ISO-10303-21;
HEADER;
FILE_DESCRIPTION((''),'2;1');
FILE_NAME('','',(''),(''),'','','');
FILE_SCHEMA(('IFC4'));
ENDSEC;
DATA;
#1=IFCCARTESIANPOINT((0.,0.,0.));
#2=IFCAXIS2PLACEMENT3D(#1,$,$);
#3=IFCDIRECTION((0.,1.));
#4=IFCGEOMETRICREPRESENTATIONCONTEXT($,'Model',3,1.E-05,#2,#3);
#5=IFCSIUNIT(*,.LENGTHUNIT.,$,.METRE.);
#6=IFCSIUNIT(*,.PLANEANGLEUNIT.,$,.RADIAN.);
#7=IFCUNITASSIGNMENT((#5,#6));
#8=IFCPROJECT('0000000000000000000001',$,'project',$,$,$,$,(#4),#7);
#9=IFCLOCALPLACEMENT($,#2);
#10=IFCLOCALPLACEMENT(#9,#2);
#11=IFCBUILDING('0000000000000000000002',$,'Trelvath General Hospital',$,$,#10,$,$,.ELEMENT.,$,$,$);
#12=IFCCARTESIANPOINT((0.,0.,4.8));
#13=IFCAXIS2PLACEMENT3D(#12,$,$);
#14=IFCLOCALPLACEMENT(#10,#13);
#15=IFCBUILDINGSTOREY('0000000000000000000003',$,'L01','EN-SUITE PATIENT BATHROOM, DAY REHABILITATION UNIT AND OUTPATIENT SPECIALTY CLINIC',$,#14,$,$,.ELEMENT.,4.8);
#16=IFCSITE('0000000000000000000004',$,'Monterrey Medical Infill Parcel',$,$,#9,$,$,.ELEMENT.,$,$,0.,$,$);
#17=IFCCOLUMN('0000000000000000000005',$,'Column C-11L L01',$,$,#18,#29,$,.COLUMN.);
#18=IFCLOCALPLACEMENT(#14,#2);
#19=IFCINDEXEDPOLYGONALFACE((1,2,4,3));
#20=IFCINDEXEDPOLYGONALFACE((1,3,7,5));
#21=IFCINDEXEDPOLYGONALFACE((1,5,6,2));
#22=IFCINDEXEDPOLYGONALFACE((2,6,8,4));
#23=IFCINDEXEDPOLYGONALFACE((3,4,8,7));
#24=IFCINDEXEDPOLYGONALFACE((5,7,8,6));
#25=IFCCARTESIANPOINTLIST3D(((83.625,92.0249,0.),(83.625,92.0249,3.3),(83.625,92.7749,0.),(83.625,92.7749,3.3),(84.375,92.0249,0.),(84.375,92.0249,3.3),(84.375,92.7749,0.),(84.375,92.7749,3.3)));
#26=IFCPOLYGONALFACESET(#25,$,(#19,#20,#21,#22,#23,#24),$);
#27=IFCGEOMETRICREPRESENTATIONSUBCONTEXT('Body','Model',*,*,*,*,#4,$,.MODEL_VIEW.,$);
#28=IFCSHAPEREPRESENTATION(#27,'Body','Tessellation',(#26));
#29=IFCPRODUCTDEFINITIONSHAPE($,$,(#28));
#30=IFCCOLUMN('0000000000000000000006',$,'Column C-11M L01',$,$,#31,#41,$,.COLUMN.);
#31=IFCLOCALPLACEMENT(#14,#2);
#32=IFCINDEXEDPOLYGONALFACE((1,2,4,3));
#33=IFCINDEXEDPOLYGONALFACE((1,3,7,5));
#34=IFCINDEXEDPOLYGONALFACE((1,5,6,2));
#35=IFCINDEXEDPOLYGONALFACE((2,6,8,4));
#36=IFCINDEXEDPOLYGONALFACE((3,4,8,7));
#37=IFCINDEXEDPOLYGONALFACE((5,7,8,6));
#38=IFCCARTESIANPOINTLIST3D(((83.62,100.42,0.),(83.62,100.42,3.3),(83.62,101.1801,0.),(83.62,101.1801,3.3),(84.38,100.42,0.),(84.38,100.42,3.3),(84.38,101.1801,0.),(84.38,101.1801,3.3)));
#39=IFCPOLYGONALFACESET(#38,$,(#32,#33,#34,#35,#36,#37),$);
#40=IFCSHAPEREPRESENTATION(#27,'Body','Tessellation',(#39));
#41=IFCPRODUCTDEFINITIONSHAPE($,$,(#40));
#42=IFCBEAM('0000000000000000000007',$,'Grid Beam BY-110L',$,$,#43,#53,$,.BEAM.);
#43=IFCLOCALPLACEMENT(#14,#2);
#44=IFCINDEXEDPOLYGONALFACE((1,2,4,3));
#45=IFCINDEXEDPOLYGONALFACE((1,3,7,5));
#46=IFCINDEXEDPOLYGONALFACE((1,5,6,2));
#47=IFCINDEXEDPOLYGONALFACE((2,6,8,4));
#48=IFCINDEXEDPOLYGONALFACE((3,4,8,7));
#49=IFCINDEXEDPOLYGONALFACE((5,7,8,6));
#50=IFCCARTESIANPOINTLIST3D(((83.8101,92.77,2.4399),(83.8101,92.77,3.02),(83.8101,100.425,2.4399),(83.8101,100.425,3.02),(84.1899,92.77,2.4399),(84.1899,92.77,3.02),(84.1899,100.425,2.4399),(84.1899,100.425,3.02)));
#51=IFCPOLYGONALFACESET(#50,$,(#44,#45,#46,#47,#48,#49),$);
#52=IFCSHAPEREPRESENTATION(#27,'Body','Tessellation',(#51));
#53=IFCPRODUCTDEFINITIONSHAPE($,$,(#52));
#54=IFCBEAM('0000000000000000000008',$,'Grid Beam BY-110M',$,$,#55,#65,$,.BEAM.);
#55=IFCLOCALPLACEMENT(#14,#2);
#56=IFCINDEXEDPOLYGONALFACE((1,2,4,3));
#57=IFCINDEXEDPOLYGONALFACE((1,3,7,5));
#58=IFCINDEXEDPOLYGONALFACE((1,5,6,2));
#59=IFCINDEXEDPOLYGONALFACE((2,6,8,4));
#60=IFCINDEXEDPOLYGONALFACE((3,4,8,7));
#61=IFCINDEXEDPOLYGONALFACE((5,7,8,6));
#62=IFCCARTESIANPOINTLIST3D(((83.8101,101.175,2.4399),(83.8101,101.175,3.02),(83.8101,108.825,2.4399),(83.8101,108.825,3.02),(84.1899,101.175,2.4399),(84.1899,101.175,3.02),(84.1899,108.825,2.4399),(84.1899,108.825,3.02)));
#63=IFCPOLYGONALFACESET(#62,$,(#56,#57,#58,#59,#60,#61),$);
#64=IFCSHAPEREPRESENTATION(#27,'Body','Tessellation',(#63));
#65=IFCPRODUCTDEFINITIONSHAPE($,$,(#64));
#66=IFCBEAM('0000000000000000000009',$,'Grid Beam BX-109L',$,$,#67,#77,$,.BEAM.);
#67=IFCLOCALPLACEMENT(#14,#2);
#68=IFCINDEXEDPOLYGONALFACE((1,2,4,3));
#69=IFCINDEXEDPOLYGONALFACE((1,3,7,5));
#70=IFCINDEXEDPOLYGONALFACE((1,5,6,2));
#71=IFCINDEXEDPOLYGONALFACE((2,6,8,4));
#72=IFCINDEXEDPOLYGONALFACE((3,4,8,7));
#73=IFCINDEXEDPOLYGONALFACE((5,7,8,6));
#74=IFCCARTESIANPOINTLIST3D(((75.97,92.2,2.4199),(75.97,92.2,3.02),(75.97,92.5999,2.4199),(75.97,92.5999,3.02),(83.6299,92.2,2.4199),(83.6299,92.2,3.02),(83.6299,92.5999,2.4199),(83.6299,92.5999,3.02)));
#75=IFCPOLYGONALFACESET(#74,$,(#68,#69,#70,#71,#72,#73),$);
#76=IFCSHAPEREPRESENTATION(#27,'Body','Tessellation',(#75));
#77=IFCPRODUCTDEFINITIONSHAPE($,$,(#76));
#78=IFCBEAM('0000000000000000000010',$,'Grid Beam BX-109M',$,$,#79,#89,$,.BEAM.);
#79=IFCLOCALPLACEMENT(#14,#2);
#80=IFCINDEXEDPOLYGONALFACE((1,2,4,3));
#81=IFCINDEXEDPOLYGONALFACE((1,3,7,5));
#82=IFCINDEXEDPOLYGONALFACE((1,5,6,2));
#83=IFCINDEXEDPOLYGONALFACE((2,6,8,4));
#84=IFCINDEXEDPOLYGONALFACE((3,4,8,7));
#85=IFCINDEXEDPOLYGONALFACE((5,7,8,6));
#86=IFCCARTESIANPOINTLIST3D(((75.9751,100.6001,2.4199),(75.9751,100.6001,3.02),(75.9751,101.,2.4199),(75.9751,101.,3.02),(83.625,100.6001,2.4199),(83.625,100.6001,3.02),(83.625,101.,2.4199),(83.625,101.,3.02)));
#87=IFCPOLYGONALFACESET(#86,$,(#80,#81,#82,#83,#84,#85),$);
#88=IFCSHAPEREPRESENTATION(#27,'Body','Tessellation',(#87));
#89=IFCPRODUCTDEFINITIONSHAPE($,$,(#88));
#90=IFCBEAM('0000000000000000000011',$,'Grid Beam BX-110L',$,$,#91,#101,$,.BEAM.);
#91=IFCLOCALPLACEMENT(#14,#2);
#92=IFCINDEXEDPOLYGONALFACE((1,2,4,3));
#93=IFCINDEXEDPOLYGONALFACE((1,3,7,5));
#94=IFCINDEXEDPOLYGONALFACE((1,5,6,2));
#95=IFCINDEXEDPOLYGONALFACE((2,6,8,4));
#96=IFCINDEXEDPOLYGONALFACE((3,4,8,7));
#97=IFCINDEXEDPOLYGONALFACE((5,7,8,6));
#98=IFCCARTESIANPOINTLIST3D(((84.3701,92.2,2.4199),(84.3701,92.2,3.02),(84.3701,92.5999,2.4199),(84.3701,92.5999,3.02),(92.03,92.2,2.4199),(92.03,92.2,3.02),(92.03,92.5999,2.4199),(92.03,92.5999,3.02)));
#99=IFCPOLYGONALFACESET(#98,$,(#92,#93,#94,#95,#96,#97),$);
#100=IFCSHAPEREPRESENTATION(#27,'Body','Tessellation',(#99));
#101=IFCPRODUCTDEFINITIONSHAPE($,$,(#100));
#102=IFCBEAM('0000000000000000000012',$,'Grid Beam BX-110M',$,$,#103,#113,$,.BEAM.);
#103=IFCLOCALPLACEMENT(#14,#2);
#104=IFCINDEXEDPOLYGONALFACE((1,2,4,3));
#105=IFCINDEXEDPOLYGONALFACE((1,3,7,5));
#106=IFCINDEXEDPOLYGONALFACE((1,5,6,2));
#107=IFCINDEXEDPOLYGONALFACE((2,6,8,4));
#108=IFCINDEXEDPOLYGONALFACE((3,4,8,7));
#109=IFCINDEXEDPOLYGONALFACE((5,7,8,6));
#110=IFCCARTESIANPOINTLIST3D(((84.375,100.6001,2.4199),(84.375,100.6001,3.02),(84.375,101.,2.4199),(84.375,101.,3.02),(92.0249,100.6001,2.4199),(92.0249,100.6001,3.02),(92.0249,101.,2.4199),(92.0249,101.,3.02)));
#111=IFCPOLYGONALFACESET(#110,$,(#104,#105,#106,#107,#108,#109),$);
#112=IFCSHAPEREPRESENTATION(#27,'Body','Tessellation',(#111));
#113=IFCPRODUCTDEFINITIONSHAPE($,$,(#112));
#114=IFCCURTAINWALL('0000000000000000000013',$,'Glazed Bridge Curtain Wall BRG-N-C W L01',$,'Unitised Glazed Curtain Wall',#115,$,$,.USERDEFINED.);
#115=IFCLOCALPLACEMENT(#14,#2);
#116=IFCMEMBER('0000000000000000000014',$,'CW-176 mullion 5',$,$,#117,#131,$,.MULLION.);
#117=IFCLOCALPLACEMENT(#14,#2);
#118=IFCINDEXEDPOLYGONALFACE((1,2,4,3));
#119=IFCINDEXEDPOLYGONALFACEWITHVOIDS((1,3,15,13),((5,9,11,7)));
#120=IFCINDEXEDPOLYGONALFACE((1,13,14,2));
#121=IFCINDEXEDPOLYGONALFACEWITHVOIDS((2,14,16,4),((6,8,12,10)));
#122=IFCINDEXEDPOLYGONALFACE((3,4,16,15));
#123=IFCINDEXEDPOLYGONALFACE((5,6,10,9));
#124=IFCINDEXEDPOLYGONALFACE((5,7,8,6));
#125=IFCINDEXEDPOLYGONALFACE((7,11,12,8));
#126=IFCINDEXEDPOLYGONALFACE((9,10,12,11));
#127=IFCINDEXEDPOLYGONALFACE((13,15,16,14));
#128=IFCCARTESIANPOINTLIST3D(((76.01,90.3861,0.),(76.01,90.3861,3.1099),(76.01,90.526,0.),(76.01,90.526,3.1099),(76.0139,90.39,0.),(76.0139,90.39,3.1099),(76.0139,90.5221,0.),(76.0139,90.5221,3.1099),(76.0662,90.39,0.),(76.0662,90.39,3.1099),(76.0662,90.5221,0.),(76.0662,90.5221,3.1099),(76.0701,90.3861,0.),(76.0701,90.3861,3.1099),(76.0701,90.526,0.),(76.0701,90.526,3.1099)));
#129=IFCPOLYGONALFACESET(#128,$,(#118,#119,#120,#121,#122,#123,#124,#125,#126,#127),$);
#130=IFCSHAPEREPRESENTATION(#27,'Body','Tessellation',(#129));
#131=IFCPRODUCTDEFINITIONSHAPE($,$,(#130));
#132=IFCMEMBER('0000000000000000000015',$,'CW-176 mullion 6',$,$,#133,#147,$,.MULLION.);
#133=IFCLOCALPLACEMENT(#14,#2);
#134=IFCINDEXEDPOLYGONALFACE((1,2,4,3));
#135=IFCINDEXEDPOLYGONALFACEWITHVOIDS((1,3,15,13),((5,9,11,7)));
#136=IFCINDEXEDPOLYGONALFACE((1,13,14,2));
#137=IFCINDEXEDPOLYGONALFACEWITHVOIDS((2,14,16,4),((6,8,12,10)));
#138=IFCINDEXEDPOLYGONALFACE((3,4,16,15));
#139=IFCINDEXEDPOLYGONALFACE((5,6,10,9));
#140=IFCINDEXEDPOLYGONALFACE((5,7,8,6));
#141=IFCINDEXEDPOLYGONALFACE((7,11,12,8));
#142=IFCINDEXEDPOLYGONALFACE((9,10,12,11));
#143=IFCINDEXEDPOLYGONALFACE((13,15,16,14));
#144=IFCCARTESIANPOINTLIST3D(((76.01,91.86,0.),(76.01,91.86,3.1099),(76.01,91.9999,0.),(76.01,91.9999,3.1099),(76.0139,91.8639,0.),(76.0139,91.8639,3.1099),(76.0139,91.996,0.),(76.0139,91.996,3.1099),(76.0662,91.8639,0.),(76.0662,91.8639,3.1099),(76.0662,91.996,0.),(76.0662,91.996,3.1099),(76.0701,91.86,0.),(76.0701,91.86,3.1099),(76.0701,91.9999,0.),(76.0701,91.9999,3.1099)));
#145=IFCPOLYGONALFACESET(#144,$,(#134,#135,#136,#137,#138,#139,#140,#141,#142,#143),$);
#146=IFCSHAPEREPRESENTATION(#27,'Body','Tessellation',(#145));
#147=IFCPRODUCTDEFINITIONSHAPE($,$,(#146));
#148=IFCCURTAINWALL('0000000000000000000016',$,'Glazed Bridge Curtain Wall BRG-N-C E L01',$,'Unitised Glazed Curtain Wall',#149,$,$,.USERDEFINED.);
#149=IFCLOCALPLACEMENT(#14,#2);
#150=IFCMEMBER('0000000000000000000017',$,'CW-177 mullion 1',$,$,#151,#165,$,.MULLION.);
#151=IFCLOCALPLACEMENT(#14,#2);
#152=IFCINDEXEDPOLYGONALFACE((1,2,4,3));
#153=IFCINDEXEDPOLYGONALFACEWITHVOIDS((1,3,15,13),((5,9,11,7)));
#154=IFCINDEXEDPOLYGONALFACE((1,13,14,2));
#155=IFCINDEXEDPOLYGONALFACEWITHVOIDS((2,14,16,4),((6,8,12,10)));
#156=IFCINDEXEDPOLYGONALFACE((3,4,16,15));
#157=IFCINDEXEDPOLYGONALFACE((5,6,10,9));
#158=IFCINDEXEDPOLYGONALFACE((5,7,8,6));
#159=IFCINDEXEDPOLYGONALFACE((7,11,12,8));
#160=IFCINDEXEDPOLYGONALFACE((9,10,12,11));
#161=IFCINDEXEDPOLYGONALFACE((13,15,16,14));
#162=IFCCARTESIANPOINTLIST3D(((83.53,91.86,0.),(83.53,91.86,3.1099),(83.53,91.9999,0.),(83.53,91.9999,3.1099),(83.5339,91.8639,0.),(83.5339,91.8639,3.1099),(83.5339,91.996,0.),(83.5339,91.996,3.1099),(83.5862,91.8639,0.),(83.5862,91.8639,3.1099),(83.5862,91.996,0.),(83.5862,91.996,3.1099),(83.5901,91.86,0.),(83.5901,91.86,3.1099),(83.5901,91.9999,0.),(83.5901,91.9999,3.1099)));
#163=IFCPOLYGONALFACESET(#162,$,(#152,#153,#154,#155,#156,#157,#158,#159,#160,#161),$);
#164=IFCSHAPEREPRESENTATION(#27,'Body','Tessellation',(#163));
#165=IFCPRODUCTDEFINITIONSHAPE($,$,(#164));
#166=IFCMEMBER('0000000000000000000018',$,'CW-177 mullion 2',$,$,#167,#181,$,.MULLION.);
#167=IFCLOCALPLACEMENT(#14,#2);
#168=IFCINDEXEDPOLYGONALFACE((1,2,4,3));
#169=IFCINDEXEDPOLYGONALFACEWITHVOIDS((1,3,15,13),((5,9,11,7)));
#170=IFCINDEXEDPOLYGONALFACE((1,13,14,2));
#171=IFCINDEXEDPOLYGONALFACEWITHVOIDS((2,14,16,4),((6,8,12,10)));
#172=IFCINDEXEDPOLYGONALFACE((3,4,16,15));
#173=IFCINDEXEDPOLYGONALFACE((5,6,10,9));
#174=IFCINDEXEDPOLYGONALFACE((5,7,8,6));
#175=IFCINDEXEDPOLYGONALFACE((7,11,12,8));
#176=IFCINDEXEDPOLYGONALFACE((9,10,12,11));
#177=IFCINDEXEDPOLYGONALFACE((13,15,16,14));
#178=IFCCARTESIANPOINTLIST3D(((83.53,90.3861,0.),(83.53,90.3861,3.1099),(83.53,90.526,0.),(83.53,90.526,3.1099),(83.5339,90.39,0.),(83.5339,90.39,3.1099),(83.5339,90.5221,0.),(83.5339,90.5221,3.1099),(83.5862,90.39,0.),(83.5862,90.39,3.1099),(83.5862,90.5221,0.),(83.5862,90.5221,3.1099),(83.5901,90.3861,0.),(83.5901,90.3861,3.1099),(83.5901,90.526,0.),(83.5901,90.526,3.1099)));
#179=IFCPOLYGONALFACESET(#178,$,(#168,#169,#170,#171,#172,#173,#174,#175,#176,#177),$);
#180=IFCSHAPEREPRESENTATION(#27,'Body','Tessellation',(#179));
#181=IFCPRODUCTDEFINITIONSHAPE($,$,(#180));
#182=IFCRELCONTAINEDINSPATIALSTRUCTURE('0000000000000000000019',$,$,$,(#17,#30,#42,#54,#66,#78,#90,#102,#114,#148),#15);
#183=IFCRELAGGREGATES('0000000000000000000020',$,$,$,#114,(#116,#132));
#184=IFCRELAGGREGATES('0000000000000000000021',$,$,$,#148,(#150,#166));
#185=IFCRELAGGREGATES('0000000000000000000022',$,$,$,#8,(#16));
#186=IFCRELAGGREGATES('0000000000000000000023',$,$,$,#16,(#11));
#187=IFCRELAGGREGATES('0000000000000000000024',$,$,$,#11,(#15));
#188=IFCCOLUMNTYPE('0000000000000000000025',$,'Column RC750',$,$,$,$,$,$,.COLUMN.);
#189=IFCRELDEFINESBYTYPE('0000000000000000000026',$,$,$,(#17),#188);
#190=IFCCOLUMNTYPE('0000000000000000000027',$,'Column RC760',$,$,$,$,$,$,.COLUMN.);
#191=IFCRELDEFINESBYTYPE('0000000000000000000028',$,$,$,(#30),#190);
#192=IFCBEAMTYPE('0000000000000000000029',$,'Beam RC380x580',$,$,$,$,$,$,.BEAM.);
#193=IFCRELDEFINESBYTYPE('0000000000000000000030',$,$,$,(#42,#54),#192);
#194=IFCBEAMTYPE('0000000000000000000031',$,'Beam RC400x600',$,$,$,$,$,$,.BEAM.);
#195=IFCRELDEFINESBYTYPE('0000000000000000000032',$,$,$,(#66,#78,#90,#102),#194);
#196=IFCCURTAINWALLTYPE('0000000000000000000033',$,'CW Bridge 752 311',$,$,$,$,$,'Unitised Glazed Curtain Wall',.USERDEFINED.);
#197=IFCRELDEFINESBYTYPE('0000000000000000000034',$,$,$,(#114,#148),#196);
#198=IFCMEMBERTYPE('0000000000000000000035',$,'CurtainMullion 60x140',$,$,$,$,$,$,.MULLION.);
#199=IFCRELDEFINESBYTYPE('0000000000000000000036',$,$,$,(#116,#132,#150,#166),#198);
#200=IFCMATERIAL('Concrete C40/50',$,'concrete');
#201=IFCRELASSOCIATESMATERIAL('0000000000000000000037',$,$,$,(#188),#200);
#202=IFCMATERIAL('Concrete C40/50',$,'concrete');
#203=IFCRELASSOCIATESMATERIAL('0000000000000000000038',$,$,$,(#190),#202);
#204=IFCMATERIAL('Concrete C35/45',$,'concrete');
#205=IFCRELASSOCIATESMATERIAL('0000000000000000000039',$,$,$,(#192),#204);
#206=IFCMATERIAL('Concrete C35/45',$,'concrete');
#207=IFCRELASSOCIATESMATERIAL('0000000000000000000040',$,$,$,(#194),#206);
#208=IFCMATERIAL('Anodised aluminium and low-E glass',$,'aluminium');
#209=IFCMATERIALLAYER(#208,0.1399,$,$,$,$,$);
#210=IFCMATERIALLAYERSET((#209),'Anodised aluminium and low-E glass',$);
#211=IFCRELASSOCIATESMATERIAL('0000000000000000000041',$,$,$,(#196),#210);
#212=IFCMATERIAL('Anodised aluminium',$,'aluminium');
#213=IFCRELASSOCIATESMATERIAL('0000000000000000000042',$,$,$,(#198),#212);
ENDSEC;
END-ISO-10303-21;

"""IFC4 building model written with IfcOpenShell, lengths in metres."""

from ifc_helpers import new_model, si_unit, direction, frame, origin, origin_2d, place, context, subcontext, project, spatial, rectangle, hollow_rectangle, extrude, material, layer, layer_set, material_profile, profile_set, type_object, element, aggregate, save


model = new_model("IFC4")

# Units and contexts
model_context = context("Model", 3, precision=1e-05, world=origin(), true_north=direction((0.0, 1.0)))
body_context = subcontext(model_context, "Body", "Model", "MODEL_VIEW")
ifc_project = project(units=[si_unit("LENGTHUNIT", "METRE"), si_unit("PLANEANGLEUNIT", "RADIAN")], contexts=[model_context])

# Site, building, storey
site_placement = place(None, origin())
site = spatial("IfcSite", under=ifc_project, at=site_placement, Name="Monterrey Medical Infill Parcel", CompositionType="ELEMENT", RefElevation=0.0)
building_placement = place(site_placement, origin())
building = spatial("IfcBuilding", under=site, at=building_placement, Name="Trelvath General Hospital", CompositionType="ELEMENT")
storey_placement = place(building_placement, frame((0.0, 0.0, 4.8)))
storey = spatial("IfcBuildingStorey", under=building, at=storey_placement, Name="L01", Description="EN-SUITE PATIENT BATHROOM, DAY REHABILITATION UNIT AND OUTPATIENT SPECIALTY CLINIC", CompositionType="ELEMENT", Elevation=4.8)

# Columns
ifc_material_1 = material(Name="Concrete C40/50", Category="concrete")
ifc_material_profile_1 = material_profile(ifc_material_1, rectangle(XDim=0.75, YDim=0.75, at=origin_2d()), Name="RC750x750")
ifc_profile_set_1 = profile_set([ifc_material_profile_1], Name="Concrete C40/50")
column_type_1 = type_object("IfcColumnType", Name="Column RC750", PredefinedType="COLUMN", material=ifc_profile_set_1)
column_1_placement = place(storey_placement, frame((84.0, 92.3999, 0.0), z_axis=(0.0, 0.0, 1.0), x_axis=(1.0, 0.0, 0.0)))
element("IfcColumn", 1, at=column_1_placement, inside=storey, type_object=column_type_1, Name="Column C-11L L01", PredefinedType="COLUMN", context=body_context, shape_type="SweptSolid", body=[
    extrude(rectangle(XDim=0.75, YDim=0.75, at=origin_2d()), origin(), (0.0, 0.0, 1.0), 3.3),
])
ifc_material_2 = material(Name="Concrete C40/50", Category="concrete")
ifc_material_profile_2 = material_profile(ifc_material_2, rectangle(XDim=0.76, YDim=0.76, at=origin_2d()), Name="RC760x760")
ifc_profile_set_2 = profile_set([ifc_material_profile_2], Name="Concrete C40/50")
column_type_2 = type_object("IfcColumnType", Name="Column RC760", PredefinedType="COLUMN", material=ifc_profile_set_2)
column_2_placement = place(storey_placement, frame((84.0, 100.8, 0.0), z_axis=(0.0, 0.0, 1.0), x_axis=(1.0, 0.0, 0.0)))
element("IfcColumn", 2, at=column_2_placement, inside=storey, type_object=column_type_2, Name="Column C-11M L01", PredefinedType="COLUMN", context=body_context, shape_type="SweptSolid", body=[
    extrude(rectangle(XDim=0.76, YDim=0.76, at=origin_2d()), origin(), (0.0, 0.0, 1.0), 3.3),
])

# Beams
ifc_material_3 = material(Name="Concrete C35/45", Category="concrete")
ifc_material_profile_3 = material_profile(ifc_material_3, rectangle(XDim=0.3799, YDim=0.5801, at=origin_2d()), Name="RCB380x580")
ifc_profile_set_3 = profile_set([ifc_material_profile_3], Name="Concrete C35/45")
beam_type_1 = type_object("IfcBeamType", Name="Beam RC380x580", PredefinedType="BEAM", material=ifc_profile_set_3)
beam_1_placement = place(storey_placement, frame((84.0, 92.77, 2.73), z_axis=(0.0, 1.0, 0.0), x_axis=(-1.0, 0.0, 0.0)))
element("IfcBeam", 3, at=beam_1_placement, inside=storey, type_object=beam_type_1, Name="Grid Beam BY-110L", PredefinedType="BEAM", context=body_context, shape_type="SweptSolid", body=[
    extrude(rectangle(XDim=0.3799, YDim=0.5801, at=origin_2d()), origin(), (0.0, 0.0, 1.0), 7.655),
])
beam_2_placement = place(storey_placement, frame((84.0, 101.175, 2.73), z_axis=(0.0, 1.0, 0.0), x_axis=(-1.0, 0.0, 0.0)))
element("IfcBeam", 4, at=beam_2_placement, inside=storey, type_object=beam_type_1, Name="Grid Beam BY-110M", PredefinedType="BEAM", context=body_context, shape_type="SweptSolid", body=[
    extrude(rectangle(XDim=0.3799, YDim=0.5801, at=origin_2d()), origin(), (0.0, 0.0, 1.0), 7.6499),
])
ifc_material_4 = material(Name="Concrete C35/45", Category="concrete")
ifc_material_profile_4 = material_profile(ifc_material_4, rectangle(XDim=0.3999, YDim=0.6001, at=origin_2d()), Name="RCB400x600")
ifc_profile_set_4 = profile_set([ifc_material_profile_4], Name="Concrete C35/45")
beam_type_2 = type_object("IfcBeamType", Name="Beam RC400x600", PredefinedType="BEAM", material=ifc_profile_set_4)
beam_3_placement = place(storey_placement, frame((75.97, 92.3999, 2.72), z_axis=(1.0, 0.0, 0.0), x_axis=(0.0, 1.0, 0.0)))
element("IfcBeam", 5, at=beam_3_placement, inside=storey, type_object=beam_type_2, Name="Grid Beam BX-109L", PredefinedType="BEAM", context=body_context, shape_type="SweptSolid", body=[
    extrude(rectangle(XDim=0.3999, YDim=0.6001, at=origin_2d()), origin(), (0.0, 0.0, 1.0), 7.6599),
])
beam_4_placement = place(storey_placement, frame((75.9751, 100.8, 2.72), z_axis=(1.0, 0.0, 0.0), x_axis=(0.0, 1.0, 0.0)))
element("IfcBeam", 6, at=beam_4_placement, inside=storey, type_object=beam_type_2, Name="Grid Beam BX-109M", PredefinedType="BEAM", context=body_context, shape_type="SweptSolid", body=[
    extrude(rectangle(XDim=0.3999, YDim=0.6001, at=origin_2d()), origin(), (0.0, 0.0, 1.0), 7.6499),
])
beam_5_placement = place(storey_placement, frame((84.3701, 92.3999, 2.72), z_axis=(1.0, 0.0, 0.0), x_axis=(0.0, 1.0, 0.0)))
element("IfcBeam", 7, at=beam_5_placement, inside=storey, type_object=beam_type_2, Name="Grid Beam BX-110L", PredefinedType="BEAM", context=body_context, shape_type="SweptSolid", body=[
    extrude(rectangle(XDim=0.3999, YDim=0.6001, at=origin_2d()), origin(), (0.0, 0.0, 1.0), 7.6599),
])
beam_6_placement = place(storey_placement, frame((84.375, 100.8, 2.72), z_axis=(1.0, 0.0, 0.0), x_axis=(0.0, 1.0, 0.0)))
element("IfcBeam", 8, at=beam_6_placement, inside=storey, type_object=beam_type_2, Name="Grid Beam BX-110M", PredefinedType="BEAM", context=body_context, shape_type="SweptSolid", body=[
    extrude(rectangle(XDim=0.3999, YDim=0.6001, at=origin_2d()), origin(), (0.0, 0.0, 1.0), 7.6499),
])

# Curtain walls, members
ifc_material_5 = material(Name="Anodised aluminium and low-E glass", Category="aluminium")
ifc_layer_1 = layer(ifc_material_5, 0.1399)
ifc_layer_set_1 = layer_set([ifc_layer_1], Name="Anodised aluminium and low-E glass")
curtain_wall_type = type_object("IfcCurtainWallType", Name="CW Bridge 752 311", ElementType="Unitised Glazed Curtain Wall", PredefinedType="USERDEFINED", material=ifc_layer_set_1)
curtain_wall_1_placement = place(storey_placement, origin())
curtain_wall_1 = element("IfcCurtainWall", 9, at=curtain_wall_1_placement, inside=storey, type_object=curtain_wall_type, Name="Glazed Bridge Curtain Wall BRG-N-C W L01", ObjectType="Unitised Glazed Curtain Wall", PredefinedType="USERDEFINED")
ifc_material_6 = material(Name="Anodised aluminium", Category="aluminium")
ifc_material_profile_5 = material_profile(ifc_material_6, hollow_rectangle(XDim=0.0601, YDim=0.1399, WallThickness=0.0039, at=origin_2d()), Name="RHS60x140x4")
ifc_profile_set_5 = profile_set([ifc_material_profile_5], Name="Anodised aluminium")
member_type_1 = type_object("IfcMemberType", Name="CurtainMullion 60x140", PredefinedType="MULLION", material=ifc_profile_set_5)
member_1_placement = place(storey_placement, frame((76.04, 90.4561, 0.0), z_axis=(0.0, 0.0, 1.0), x_axis=(-1.0, 0.0, 0.0)))
member_1 = element("IfcMember", 10, at=member_1_placement, type_object=member_type_1, Name="CW-176 mullion 5", PredefinedType="MULLION", context=body_context, shape_type="SweptSolid", body=[
    extrude(hollow_rectangle(XDim=0.0601, YDim=0.1399, WallThickness=0.0039, at=origin_2d()), origin(), (0.0, 0.0, 1.0), 3.1099),
])
member_2_placement = place(storey_placement, frame((76.04, 91.9299, 0.0), z_axis=(0.0, 0.0, 1.0), x_axis=(-1.0, 0.0, 0.0)))
member_2 = element("IfcMember", 11, at=member_2_placement, type_object=member_type_1, Name="CW-176 mullion 6", PredefinedType="MULLION", context=body_context, shape_type="SweptSolid", body=[
    extrude(hollow_rectangle(XDim=0.0601, YDim=0.1399, WallThickness=0.0039, at=origin_2d()), origin(), (0.0, 0.0, 1.0), 3.1099),
])
curtain_wall_2_placement = place(storey_placement, origin())
curtain_wall_2 = element("IfcCurtainWall", 12, at=curtain_wall_2_placement, inside=storey, type_object=curtain_wall_type, Name="Glazed Bridge Curtain Wall BRG-N-C E L01", ObjectType="Unitised Glazed Curtain Wall", PredefinedType="USERDEFINED")
member_3_placement = place(storey_placement, frame((83.5601, 91.9299, 0.0), z_axis=(0.0, 0.0, 1.0), x_axis=(1.0, 0.0, 0.0)))
member_3 = element("IfcMember", 13, at=member_3_placement, type_object=member_type_1, Name="CW-177 mullion 1", PredefinedType="MULLION", context=body_context, shape_type="SweptSolid", body=[
    extrude(hollow_rectangle(XDim=0.0601, YDim=0.1399, WallThickness=0.0039, at=origin_2d()), origin(), (0.0, 0.0, 1.0), 3.1099),
])
member_4_placement = place(storey_placement, frame((83.5601, 90.4561, 0.0), z_axis=(0.0, 0.0, 1.0), x_axis=(1.0, 0.0, 0.0)))
member_4 = element("IfcMember", 14, at=member_4_placement, type_object=member_type_1, Name="CW-177 mullion 2", PredefinedType="MULLION", context=body_context, shape_type="SweptSolid", body=[
    extrude(hollow_rectangle(XDim=0.0601, YDim=0.1399, WallThickness=0.0039, at=origin_2d()), origin(), (0.0, 0.0, 1.0), 3.1099),
])

aggregate(curtain_wall_1, [member_1, member_2])
aggregate(curtain_wall_2, [member_3, member_4])

save(model, "model.ifc")
